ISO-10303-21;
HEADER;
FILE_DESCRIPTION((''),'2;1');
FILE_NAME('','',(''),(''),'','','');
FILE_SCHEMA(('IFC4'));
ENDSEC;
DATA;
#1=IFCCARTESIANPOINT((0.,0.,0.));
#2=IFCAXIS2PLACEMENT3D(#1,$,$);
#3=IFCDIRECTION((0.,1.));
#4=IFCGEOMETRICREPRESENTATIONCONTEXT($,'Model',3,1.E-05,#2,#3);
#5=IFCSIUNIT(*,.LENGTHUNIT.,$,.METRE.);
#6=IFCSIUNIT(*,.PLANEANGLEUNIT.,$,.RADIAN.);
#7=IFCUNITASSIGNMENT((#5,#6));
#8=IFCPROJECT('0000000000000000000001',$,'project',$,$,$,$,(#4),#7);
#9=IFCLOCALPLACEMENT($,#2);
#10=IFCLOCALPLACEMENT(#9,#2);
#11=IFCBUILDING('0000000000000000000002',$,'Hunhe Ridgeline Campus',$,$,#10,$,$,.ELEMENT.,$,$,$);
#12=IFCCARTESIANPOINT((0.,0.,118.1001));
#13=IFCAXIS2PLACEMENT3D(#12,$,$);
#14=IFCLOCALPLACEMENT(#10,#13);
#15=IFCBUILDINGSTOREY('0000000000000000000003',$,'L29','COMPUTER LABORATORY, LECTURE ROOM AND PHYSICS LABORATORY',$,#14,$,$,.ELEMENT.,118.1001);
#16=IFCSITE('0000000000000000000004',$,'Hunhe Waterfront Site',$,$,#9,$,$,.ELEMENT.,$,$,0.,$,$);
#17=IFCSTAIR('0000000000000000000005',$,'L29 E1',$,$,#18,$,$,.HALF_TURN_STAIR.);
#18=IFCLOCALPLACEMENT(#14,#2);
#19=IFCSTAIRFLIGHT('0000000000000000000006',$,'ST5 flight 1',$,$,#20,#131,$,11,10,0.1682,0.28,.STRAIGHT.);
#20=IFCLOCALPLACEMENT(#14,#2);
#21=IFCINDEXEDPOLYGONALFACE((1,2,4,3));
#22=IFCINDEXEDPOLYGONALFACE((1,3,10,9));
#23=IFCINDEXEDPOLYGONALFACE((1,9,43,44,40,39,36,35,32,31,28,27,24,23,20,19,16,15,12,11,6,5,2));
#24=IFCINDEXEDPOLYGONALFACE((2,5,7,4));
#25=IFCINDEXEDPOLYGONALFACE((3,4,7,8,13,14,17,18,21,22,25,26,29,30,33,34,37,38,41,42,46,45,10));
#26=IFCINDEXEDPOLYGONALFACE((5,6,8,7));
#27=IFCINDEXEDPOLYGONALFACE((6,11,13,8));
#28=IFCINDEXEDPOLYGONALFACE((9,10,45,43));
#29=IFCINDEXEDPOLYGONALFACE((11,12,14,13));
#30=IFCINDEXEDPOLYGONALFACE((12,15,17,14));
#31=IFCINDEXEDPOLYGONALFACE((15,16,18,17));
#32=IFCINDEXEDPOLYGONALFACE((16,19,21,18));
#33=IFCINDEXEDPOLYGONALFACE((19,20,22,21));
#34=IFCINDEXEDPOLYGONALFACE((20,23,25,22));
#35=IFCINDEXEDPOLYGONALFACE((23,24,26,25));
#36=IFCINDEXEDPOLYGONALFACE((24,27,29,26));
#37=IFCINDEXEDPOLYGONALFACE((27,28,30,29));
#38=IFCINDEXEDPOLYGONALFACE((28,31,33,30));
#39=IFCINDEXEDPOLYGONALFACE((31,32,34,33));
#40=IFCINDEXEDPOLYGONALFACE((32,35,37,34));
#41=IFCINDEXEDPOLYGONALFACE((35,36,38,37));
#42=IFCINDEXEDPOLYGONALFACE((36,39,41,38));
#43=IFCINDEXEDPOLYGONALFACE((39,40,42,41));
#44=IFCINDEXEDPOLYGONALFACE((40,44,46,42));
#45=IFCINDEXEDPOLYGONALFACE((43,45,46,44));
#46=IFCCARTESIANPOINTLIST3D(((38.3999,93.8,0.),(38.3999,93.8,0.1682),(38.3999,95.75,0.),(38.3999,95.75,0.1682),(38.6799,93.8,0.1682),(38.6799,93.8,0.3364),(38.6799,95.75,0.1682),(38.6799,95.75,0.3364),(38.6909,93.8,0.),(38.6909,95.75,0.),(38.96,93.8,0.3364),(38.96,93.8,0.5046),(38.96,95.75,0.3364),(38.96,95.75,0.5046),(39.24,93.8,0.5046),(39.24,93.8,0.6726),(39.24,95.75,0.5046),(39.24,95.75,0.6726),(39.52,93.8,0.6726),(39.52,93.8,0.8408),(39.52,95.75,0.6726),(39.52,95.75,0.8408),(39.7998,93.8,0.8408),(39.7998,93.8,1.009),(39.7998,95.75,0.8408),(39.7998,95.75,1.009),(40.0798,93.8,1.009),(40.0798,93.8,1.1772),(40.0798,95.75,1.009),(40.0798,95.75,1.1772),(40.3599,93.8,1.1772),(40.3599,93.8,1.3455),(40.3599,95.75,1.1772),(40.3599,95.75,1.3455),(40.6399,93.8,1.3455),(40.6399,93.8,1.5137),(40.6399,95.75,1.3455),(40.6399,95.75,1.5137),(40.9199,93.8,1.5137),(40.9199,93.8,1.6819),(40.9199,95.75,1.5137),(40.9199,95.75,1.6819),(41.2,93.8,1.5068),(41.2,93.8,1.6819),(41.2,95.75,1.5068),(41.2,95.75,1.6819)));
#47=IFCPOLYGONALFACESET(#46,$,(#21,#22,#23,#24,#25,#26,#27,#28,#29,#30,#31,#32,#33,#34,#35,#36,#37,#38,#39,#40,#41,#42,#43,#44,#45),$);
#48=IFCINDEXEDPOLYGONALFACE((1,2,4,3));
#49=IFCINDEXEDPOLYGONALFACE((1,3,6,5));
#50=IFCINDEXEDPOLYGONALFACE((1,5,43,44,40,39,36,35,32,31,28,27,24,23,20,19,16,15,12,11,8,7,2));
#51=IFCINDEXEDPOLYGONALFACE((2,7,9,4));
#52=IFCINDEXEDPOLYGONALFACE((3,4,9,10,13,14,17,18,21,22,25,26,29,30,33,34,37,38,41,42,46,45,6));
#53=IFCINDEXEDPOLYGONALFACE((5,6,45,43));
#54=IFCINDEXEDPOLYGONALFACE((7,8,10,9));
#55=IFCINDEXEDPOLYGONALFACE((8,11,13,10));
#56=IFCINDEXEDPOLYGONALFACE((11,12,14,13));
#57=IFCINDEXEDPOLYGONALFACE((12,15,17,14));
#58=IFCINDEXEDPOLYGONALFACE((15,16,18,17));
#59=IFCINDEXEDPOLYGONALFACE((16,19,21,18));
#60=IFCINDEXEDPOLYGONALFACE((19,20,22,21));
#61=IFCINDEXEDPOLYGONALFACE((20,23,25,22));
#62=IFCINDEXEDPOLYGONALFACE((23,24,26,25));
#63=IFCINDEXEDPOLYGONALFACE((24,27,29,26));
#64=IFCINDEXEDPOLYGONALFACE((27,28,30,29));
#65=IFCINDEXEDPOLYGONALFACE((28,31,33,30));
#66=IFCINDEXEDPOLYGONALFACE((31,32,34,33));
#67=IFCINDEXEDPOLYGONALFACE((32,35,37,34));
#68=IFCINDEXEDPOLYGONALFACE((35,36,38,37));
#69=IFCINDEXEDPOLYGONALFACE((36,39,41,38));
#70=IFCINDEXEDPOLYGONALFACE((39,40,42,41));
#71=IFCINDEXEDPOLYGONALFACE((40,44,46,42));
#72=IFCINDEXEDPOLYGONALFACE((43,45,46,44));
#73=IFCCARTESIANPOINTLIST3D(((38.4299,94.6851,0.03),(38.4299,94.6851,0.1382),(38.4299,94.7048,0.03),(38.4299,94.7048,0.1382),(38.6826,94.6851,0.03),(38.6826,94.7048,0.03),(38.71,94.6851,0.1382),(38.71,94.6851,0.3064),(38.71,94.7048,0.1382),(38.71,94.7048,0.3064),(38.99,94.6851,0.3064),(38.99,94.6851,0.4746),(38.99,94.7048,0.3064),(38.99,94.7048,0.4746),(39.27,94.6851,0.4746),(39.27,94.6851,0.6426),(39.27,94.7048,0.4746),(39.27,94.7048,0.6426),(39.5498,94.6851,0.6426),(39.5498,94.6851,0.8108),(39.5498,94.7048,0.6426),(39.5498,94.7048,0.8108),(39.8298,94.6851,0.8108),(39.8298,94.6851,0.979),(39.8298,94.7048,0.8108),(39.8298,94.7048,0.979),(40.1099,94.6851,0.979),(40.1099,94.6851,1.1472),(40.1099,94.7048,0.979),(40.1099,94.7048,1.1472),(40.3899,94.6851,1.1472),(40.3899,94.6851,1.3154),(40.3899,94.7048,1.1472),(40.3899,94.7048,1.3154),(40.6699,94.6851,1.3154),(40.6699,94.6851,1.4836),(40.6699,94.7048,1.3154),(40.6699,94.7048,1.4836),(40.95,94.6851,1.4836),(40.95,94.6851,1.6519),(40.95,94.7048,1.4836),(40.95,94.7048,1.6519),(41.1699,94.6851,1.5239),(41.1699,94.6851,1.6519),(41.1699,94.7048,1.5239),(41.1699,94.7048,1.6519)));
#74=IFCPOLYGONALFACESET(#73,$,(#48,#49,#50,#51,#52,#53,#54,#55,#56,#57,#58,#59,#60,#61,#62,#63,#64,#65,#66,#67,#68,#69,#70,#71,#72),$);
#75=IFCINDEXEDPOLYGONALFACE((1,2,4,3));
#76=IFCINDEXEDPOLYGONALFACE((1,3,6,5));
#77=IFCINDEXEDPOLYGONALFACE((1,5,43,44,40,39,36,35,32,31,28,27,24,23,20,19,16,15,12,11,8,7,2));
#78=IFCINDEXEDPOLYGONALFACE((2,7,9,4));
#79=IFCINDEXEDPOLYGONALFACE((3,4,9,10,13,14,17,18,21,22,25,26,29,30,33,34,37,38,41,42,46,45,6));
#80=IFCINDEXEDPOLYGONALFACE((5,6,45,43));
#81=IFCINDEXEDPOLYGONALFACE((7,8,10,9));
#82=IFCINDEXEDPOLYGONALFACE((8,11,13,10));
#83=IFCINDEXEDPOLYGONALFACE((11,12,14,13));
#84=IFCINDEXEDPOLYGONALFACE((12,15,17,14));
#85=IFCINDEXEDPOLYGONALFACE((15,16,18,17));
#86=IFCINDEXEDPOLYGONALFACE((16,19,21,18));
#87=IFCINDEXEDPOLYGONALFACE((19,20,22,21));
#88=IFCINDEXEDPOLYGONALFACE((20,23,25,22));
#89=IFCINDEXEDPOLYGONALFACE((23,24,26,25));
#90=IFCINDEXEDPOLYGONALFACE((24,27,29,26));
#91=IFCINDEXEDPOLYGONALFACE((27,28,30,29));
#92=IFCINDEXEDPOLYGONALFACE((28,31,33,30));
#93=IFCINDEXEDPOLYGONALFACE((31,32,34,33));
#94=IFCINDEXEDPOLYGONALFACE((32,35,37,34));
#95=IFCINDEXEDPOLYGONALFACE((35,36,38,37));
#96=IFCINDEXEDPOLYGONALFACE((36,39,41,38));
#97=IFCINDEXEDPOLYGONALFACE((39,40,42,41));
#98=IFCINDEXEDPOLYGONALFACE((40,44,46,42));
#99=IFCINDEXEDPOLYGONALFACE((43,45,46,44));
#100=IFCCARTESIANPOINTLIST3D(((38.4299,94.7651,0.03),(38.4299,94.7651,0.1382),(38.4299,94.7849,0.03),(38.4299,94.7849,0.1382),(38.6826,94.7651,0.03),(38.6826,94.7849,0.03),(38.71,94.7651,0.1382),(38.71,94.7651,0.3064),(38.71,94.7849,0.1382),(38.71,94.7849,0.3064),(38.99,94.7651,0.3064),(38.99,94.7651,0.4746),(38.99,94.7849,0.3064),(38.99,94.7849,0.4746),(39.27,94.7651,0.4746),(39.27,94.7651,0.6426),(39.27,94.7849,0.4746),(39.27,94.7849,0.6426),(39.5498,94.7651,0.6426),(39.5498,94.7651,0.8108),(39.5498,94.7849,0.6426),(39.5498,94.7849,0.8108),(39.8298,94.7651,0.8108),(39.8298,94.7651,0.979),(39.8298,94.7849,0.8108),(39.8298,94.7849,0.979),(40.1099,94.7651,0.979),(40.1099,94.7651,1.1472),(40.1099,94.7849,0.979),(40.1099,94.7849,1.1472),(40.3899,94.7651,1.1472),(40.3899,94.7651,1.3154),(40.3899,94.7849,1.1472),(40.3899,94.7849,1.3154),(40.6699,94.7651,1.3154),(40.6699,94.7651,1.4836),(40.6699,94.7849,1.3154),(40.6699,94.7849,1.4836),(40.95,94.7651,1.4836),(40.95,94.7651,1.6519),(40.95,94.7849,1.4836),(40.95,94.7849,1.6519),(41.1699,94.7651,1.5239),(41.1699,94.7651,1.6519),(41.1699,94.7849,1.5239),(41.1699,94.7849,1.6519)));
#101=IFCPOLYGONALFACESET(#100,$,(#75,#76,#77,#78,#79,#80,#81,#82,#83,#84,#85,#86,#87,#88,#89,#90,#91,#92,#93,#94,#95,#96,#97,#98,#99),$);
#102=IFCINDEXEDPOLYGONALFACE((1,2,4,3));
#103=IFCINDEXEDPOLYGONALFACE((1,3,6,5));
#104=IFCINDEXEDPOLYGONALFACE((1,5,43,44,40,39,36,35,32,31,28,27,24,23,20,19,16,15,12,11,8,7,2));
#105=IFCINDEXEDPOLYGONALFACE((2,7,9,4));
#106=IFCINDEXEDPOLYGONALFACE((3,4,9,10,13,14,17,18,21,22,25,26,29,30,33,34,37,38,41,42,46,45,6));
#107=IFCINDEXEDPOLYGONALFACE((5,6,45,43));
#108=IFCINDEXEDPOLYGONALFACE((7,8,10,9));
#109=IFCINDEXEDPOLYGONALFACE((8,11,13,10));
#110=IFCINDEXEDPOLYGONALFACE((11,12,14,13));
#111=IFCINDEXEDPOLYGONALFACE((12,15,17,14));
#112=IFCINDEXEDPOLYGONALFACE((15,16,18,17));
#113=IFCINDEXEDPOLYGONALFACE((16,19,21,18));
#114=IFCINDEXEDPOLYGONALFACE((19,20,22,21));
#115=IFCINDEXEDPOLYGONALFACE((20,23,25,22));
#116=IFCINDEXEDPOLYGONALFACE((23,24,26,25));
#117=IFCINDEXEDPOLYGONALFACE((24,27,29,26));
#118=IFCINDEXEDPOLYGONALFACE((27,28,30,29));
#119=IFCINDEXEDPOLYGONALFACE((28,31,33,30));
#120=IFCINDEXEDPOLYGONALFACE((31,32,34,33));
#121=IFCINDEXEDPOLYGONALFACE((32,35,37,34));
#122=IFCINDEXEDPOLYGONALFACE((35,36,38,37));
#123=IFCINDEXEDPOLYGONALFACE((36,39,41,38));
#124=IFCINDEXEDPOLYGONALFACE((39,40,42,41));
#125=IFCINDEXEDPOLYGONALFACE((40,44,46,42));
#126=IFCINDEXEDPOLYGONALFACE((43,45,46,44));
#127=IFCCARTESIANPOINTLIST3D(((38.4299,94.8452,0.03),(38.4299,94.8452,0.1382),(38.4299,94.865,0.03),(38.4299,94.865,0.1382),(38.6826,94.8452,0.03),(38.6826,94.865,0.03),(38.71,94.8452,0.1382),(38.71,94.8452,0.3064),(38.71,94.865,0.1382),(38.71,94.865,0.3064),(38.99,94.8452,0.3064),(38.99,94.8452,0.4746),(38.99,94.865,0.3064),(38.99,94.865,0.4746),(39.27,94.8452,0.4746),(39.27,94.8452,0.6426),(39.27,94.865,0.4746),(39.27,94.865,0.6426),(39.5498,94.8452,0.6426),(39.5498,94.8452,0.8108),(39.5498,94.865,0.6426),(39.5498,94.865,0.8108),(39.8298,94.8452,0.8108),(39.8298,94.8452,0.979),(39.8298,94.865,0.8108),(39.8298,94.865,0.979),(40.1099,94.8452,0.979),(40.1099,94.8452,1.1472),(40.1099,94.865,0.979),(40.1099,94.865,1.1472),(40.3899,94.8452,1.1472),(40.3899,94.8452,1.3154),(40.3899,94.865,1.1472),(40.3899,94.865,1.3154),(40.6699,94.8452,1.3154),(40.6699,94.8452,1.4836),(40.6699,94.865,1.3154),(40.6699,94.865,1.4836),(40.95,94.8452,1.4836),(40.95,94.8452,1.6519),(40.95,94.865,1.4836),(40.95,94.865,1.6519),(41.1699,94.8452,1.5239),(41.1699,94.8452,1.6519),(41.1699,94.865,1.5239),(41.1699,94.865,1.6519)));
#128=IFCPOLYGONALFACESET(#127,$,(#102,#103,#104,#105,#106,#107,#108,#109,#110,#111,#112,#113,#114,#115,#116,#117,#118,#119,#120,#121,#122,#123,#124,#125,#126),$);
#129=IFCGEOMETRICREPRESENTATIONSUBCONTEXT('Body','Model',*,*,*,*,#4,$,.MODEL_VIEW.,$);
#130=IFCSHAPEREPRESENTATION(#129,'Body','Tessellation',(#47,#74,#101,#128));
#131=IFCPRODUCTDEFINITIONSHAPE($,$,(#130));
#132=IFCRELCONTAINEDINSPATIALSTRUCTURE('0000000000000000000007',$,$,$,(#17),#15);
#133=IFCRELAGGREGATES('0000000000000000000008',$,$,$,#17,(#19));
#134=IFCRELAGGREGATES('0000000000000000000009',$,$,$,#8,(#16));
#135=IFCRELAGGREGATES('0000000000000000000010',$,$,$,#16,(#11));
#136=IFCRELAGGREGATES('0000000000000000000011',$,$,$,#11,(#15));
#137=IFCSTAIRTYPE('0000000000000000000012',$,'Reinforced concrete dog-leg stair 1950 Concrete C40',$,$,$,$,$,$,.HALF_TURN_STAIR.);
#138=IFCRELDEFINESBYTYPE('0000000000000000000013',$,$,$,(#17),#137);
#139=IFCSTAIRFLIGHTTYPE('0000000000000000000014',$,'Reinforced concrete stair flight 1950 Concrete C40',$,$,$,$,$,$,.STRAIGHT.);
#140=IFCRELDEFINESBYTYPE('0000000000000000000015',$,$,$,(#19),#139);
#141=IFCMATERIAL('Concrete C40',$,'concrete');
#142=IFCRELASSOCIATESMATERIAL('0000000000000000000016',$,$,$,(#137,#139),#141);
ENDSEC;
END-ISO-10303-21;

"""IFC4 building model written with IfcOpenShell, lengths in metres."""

from ifc_helpers import new_model, si_unit, direction, frame, origin, place, context, subcontext, project, spatial, polyline, outline, extrude, material, type_object, element, aggregate, save


model = new_model("IFC4")

# Units and contexts
model_context = context("Model", 3, precision=1e-05, world=origin(), true_north=direction((0.0, 1.0)))
body_context = subcontext(model_context, "Body", "Model", "MODEL_VIEW")
ifc_project = project(units=[si_unit("LENGTHUNIT", "METRE"), si_unit("PLANEANGLEUNIT", "RADIAN")], contexts=[model_context])

# Site, building, storey
site_placement = place(None, origin())
site = spatial("IfcSite", under=ifc_project, at=site_placement, Name="Hunhe Waterfront Site", CompositionType="ELEMENT", RefElevation=0.0)
building_placement = place(site_placement, origin())
building = spatial("IfcBuilding", under=site, at=building_placement, Name="Hunhe Ridgeline Campus", CompositionType="ELEMENT")
storey_placement = place(building_placement, frame((0.0, 0.0, 118.1001)))
storey = spatial("IfcBuildingStorey", under=building, at=storey_placement, Name="L29", Description="COMPUTER LABORATORY, LECTURE ROOM AND PHYSICS LABORATORY", CompositionType="ELEMENT", Elevation=118.1001)

# Shared definitions
ifc_material_1 = material(Name="Concrete C40", Category="concrete")
stair_type = type_object("IfcStairType", Name="Reinforced concrete dog-leg stair 1950 Concrete C40", PredefinedType="HALF_TURN_STAIR", material=ifc_material_1)
stair_flight_type = type_object("IfcStairFlightType", Name="Reinforced concrete stair flight 1950 Concrete C40", PredefinedType="STRAIGHT", material=ifc_material_1)

# Stair, stair flight
stair_1_placement = place(storey_placement, origin())
stair_1 = element("IfcStair", 1, at=stair_1_placement, inside=storey, type_object=stair_type, Name="L29 E1", PredefinedType="HALF_TURN_STAIR")
stair_flight_1_placement = place(storey_placement, frame((38.3999, 94.7749, 0.0), z_axis=(0.0, 0.0, 1.0), x_axis=(1.0, 0.0, 0.0)))
stair_flight_1 = element("IfcStairFlight", 2, at=stair_flight_1_placement, type_object=stair_flight_type, Name="ST5 flight 1", NumberOfRisers=11, NumberOfTreads=10, PredefinedType="STRAIGHT", RiserHeight=0.1682, TreadLength=0.28, context=body_context, shape_type="SweptSolid", body=[
    extrude(outline(polyline([(0.0, 0.0), (0.0, 0.1682), (0.28, 0.1682), (0.28, 0.3364), (0.5601, 0.3364), (0.5601, 0.5046), (0.8401, 0.5046), (0.8401, 0.6726), (1.1201, 0.6726), (1.1201, 0.8408), (1.3999, 0.8408), (1.3999, 1.009), (1.6799, 1.009), (1.6799, 1.1772), (1.96, 1.1772), (1.96, 1.3455), (2.24, 1.3455), (2.24, 1.5137), (2.52, 1.5137), (2.52, 1.6819), (2.8, 1.6819), (2.8, 1.8501), (2.8, 1.5068), (0.291, 0.0), (0.0, 0.0)])), frame((0.0, 0.9751, 0.0), z_axis=(0.0, -1.0, 0.0), x_axis=(1.0, 0.0, 0.0)), (0.0, 0.0, 1.0), 1.95),
    extrude(outline(polyline([(0.03, 0.03), (0.03, 0.1382), (0.3101, 0.1382), (0.3101, 0.3064), (0.5901, 0.3064), (0.5901, 0.4746), (0.8701, 0.4746), (0.8701, 0.6426), (1.1499, 0.6426), (1.1499, 0.8108), (1.4299, 0.8108), (1.4299, 0.979), (1.71, 0.979), (1.71, 1.1472), (1.99, 1.1472), (1.99, 1.3154), (2.27, 1.3154), (2.27, 1.4836), (2.55, 1.4836), (2.55, 1.6519), (2.77, 1.6519), (2.77, 1.5239), (0.2827, 0.03), (0.03, 0.03)])), frame((0.0, -0.0701, 0.0), z_axis=(0.0, -1.0, 0.0), x_axis=(1.0, 0.0, 0.0)), (0.0, 0.0, 1.0), 0.0198),
    extrude(outline(polyline([(0.03, 0.03), (0.03, 0.1382), (0.3101, 0.1382), (0.3101, 0.3064), (0.5901, 0.3064), (0.5901, 0.4746), (0.8701, 0.4746), (0.8701, 0.6426), (1.1499, 0.6426), (1.1499, 0.8108), (1.4299, 0.8108), (1.4299, 0.979), (1.71, 0.979), (1.71, 1.1472), (1.99, 1.1472), (1.99, 1.3154), (2.27, 1.3154), (2.27, 1.4836), (2.55, 1.4836), (2.55, 1.6519), (2.77, 1.6519), (2.77, 1.5239), (0.2827, 0.03), (0.03, 0.03)])), frame((0.0, 0.01, 0.0), z_axis=(0.0, -1.0, 0.0), x_axis=(1.0, 0.0, 0.0)), (0.0, 0.0, 1.0), 0.0198),
    extrude(outline(polyline([(0.03, 0.03), (0.03, 0.1382), (0.3101, 0.1382), (0.3101, 0.3064), (0.5901, 0.3064), (0.5901, 0.4746), (0.8701, 0.4746), (0.8701, 0.6426), (1.1499, 0.6426), (1.1499, 0.8108), (1.4299, 0.8108), (1.4299, 0.979), (1.71, 0.979), (1.71, 1.1472), (1.99, 1.1472), (1.99, 1.3154), (2.27, 1.3154), (2.27, 1.4836), (2.55, 1.4836), (2.55, 1.6519), (2.77, 1.6519), (2.77, 1.5239), (0.2827, 0.03), (0.03, 0.03)])), frame((0.0, 0.0901, 0.0), z_axis=(0.0, -1.0, 0.0), x_axis=(1.0, 0.0, 0.0)), (0.0, 0.0, 1.0), 0.0198),
])
aggregate(stair_1, [stair_flight_1])

save(model, "model.ifc")
